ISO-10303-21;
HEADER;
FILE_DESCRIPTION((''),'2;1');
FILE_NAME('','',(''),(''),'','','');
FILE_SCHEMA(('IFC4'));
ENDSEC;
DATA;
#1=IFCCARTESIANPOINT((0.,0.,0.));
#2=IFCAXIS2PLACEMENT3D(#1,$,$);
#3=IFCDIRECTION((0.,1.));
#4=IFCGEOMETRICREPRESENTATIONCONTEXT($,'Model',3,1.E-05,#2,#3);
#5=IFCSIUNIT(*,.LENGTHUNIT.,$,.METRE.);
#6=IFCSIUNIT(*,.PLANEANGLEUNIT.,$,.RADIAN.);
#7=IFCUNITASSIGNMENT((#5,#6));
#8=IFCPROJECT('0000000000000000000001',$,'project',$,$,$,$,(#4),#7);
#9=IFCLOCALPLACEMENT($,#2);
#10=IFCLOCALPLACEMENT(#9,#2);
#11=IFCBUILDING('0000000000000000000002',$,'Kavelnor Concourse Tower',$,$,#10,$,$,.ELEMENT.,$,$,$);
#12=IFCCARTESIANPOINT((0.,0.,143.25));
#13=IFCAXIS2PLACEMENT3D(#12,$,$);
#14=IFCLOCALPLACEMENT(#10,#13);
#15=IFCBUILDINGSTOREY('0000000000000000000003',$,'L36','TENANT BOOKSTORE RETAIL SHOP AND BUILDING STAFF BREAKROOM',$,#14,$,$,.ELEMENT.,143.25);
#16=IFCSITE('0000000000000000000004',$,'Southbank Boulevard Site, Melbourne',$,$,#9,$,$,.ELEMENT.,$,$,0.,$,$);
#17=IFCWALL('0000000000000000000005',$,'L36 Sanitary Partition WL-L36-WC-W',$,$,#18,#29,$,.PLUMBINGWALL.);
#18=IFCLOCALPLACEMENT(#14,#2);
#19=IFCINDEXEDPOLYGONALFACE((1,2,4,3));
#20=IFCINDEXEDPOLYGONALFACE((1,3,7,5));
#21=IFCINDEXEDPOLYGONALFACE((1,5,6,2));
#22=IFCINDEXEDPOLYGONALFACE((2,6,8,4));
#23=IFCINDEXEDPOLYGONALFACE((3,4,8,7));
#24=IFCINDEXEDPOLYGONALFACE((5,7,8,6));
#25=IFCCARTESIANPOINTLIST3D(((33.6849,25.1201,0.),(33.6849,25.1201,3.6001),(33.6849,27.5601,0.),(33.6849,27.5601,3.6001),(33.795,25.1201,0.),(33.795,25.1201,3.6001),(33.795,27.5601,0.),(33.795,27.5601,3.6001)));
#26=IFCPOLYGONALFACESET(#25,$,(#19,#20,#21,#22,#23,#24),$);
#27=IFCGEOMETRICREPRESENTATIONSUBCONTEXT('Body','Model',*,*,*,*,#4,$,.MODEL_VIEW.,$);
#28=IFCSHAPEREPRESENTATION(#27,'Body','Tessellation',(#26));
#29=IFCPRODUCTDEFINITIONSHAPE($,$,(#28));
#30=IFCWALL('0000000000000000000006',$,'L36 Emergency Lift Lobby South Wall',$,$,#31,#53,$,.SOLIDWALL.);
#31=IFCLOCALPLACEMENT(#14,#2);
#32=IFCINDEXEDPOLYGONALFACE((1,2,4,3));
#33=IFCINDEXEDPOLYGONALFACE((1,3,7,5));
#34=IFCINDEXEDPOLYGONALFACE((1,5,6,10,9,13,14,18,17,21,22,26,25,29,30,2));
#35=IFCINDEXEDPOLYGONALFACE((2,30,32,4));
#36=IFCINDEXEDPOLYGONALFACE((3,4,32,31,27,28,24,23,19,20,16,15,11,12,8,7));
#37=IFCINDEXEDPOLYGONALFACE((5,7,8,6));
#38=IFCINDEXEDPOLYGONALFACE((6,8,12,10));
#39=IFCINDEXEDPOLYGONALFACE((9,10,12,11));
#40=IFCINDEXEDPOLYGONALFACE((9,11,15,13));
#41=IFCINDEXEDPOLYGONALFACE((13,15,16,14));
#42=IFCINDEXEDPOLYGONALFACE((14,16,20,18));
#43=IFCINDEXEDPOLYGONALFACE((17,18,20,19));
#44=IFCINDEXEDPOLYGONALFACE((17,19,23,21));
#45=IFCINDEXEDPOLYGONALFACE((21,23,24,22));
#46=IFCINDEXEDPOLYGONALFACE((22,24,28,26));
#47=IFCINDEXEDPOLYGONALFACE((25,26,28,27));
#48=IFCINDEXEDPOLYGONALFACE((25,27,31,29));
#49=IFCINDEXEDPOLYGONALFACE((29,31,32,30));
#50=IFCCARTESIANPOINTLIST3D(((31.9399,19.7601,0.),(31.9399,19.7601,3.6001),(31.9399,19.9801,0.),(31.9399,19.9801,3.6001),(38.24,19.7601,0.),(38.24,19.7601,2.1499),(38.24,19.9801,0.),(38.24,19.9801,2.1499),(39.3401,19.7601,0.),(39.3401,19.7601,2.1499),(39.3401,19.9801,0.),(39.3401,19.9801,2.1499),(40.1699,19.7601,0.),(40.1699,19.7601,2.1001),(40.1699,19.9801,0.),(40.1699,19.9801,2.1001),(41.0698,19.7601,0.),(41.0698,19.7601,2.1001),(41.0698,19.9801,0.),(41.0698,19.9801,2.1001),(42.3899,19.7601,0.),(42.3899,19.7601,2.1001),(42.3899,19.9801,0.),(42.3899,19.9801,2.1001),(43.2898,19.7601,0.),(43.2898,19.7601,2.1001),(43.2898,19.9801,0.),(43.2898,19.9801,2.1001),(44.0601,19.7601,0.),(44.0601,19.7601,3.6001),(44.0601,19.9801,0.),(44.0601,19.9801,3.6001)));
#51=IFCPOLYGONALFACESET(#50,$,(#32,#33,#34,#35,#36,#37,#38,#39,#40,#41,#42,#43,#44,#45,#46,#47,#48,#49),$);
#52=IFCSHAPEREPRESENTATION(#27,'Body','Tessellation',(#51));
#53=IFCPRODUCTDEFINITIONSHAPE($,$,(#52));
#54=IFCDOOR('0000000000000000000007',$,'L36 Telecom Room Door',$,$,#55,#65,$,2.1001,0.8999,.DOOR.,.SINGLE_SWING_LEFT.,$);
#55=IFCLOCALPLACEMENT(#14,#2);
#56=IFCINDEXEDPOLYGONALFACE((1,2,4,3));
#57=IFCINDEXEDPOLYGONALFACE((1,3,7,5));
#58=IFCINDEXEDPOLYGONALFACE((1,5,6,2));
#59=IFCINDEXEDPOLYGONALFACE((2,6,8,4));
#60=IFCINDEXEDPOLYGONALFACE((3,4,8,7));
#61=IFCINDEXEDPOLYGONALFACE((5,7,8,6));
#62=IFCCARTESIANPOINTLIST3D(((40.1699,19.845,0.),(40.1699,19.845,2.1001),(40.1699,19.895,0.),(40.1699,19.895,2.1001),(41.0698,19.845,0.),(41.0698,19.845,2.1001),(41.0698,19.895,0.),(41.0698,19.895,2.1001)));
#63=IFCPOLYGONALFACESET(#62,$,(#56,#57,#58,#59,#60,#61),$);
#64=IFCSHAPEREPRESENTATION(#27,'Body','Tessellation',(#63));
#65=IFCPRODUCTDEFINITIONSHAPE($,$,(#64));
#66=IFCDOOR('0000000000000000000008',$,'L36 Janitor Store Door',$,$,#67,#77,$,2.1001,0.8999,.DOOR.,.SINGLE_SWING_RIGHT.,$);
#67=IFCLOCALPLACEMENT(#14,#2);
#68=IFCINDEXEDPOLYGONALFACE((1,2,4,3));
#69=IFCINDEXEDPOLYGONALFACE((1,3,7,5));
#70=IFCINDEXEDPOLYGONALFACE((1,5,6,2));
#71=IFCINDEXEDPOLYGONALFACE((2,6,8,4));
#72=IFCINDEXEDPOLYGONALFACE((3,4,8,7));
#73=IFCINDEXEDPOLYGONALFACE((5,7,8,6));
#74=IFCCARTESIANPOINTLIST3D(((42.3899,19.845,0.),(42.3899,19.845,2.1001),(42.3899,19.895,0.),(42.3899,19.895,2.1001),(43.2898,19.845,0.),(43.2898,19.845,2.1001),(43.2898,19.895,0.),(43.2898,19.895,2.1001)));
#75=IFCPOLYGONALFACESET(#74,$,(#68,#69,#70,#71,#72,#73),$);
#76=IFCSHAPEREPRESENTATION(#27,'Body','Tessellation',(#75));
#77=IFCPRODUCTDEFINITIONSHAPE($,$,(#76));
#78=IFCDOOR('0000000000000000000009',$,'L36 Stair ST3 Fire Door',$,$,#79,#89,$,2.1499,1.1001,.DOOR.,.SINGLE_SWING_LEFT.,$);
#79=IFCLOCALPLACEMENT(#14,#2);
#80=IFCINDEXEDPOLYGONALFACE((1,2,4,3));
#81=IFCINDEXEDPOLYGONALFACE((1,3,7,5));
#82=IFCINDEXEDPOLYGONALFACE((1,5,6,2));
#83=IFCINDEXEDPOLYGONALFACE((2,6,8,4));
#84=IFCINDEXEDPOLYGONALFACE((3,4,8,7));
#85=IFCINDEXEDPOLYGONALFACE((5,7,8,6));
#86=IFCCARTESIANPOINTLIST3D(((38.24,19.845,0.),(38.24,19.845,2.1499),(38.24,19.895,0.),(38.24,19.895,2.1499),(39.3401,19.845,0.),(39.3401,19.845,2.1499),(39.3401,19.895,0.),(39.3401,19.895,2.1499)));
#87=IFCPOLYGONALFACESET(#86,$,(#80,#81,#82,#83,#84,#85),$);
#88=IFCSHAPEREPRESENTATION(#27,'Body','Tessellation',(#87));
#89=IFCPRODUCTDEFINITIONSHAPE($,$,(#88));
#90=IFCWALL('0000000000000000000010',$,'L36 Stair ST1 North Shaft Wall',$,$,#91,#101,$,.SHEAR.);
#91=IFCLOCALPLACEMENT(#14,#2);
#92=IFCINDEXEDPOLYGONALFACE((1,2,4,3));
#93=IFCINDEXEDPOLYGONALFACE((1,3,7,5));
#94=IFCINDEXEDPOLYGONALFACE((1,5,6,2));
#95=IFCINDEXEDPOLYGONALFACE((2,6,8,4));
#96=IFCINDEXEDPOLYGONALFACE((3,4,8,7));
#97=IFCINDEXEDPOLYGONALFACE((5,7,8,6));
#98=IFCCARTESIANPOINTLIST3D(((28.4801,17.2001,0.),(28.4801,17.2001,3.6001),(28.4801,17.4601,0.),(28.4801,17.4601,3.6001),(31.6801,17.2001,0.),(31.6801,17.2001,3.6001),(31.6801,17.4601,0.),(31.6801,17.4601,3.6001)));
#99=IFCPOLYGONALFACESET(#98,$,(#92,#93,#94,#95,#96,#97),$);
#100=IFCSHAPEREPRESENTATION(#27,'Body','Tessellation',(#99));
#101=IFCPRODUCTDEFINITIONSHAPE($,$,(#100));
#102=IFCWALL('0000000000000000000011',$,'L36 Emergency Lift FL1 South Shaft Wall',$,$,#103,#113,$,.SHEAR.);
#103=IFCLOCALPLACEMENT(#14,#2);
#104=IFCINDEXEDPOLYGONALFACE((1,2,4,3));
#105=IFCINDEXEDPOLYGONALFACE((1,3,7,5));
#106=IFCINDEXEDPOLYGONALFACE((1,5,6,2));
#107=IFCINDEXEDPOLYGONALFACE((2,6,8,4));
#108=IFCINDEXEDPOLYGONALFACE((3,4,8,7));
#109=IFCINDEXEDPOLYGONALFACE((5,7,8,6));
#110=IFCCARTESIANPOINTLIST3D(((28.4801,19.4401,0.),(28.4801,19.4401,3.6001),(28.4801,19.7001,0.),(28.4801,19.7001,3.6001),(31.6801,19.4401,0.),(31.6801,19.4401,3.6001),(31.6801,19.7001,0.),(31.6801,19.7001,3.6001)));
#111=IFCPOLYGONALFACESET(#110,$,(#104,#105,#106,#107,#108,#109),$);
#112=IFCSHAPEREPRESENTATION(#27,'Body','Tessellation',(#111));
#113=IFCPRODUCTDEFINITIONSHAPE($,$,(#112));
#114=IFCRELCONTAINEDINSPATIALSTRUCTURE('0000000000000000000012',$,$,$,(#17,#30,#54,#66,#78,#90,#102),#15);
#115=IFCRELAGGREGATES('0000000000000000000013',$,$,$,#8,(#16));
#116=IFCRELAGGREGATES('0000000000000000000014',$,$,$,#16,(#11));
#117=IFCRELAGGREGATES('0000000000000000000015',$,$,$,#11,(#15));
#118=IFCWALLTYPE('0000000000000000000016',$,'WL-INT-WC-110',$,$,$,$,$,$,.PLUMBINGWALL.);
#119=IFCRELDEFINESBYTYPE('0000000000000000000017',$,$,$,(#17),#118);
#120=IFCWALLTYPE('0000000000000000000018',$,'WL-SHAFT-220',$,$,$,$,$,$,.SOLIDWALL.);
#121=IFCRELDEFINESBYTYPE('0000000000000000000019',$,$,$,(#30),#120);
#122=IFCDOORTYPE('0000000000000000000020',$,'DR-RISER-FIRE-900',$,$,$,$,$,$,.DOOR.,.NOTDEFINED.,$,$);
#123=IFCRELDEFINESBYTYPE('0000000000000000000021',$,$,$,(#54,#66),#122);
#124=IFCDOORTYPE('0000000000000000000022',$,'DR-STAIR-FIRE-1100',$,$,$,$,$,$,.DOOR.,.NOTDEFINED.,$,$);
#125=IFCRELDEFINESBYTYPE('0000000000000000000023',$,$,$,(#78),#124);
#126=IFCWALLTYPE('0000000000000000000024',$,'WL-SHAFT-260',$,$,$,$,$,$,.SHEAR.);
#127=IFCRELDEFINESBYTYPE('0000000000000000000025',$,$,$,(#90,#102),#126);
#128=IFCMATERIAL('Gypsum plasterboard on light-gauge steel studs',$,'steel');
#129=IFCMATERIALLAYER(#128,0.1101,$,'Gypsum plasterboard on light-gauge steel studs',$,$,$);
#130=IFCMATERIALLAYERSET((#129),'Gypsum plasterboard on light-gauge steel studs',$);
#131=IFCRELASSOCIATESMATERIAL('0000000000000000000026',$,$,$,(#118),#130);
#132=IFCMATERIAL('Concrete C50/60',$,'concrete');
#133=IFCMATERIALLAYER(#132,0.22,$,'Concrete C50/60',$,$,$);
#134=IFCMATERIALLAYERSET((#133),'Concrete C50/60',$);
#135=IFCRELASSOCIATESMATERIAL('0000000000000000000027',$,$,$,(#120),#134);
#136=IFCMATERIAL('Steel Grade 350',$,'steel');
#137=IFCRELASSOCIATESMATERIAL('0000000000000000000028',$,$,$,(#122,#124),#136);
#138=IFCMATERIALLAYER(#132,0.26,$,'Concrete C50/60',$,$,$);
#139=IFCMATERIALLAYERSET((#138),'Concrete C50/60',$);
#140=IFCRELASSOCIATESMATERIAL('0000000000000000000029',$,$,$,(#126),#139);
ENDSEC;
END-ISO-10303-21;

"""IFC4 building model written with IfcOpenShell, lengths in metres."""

from ifc_helpers import new_model, si_unit, direction, frame, frame_2d, origin, place, context, subcontext, project, spatial, rectangle, extrude, material, layer, layer_set, type_object, element, fill, save


model = new_model("IFC4")

# Units and contexts
model_context = context("Model", 3, precision=1e-05, world=origin(), true_north=direction((0.0, 1.0)))
body_context = subcontext(model_context, "Body", "Model", "MODEL_VIEW")
ifc_project = project(units=[si_unit("LENGTHUNIT", "METRE"), si_unit("PLANEANGLEUNIT", "RADIAN")], contexts=[model_context])

# Site, building, storey
site_placement = place(None, origin())
site = spatial("IfcSite", under=ifc_project, at=site_placement, Name="Southbank Boulevard Site, Melbourne", CompositionType="ELEMENT", RefElevation=0.0)
building_placement = place(site_placement, origin())
building = spatial("IfcBuilding", under=site, at=building_placement, Name="Kavelnor Concourse Tower", CompositionType="ELEMENT")
storey_placement = place(building_placement, frame((0.0, 0.0, 143.25)))
storey = spatial("IfcBuildingStorey", under=building, at=storey_placement, Name="L36", Description="TENANT BOOKSTORE RETAIL SHOP AND BUILDING STAFF BREAKROOM", CompositionType="ELEMENT", Elevation=143.25)

# Shared definitions
ifc_material_1 = material(Name="Steel Grade 350", Category="steel")

# Wall
ifc_material_2 = material(Name="Gypsum plasterboard on light-gauge steel studs", Category="steel")
ifc_layer_1 = layer(ifc_material_2, 0.1101, Name="Gypsum plasterboard on light-gauge steel studs")
ifc_layer_set_1 = layer_set([ifc_layer_1], Name="Gypsum plasterboard on light-gauge steel studs")
wall_type_1 = type_object("IfcWallType", Name="WL-INT-WC-110", PredefinedType="PLUMBINGWALL", material=ifc_layer_set_1)
wall_1_placement = place(storey_placement, frame((33.74, 25.1201, 0.0), z_axis=(0.0, 0.0, 1.0), x_axis=(0.0, 1.0, 0.0)))
element("IfcWall", 1, at=wall_1_placement, inside=storey, type_object=wall_type_1, Name="L36 Sanitary Partition WL-L36-WC-W", PredefinedType="PLUMBINGWALL", context=body_context, shape_type="SweptSolid", body=[
    extrude(rectangle(XDim=2.4399, YDim=0.1101, at=frame_2d((1.22, 0.0))), origin(), (0.0, 0.0, 1.0), 3.6001),
])

# Wall, openings, doors
ifc_material_3 = material(Name="Concrete C50/60", Category="concrete")
ifc_layer_2 = layer(ifc_material_3, 0.22, Name="Concrete C50/60")
ifc_layer_set_2 = layer_set([ifc_layer_2], Name="Concrete C50/60")
wall_type_2 = type_object("IfcWallType", Name="WL-SHAFT-220", PredefinedType="SOLIDWALL", material=ifc_layer_set_2)
wall_2_placement = place(storey_placement, frame((31.9399, 19.8701, 0.0), z_axis=(0.0, 0.0, 1.0), x_axis=(1.0, 0.0, 0.0)))
wall_2 = element("IfcWall", 2, at=wall_2_placement, inside=storey, type_object=wall_type_2, Name="L36 Emergency Lift Lobby South Wall", PredefinedType="SOLIDWALL", context=body_context, shape_type="SweptSolid", body=[
    extrude(rectangle(XDim=12.1201, YDim=0.22, at=frame_2d((6.0601, 0.0))), origin(), (0.0, 0.0, 1.0), 3.6001),
])
opening_1_placement = place(wall_2_placement, frame((6.3, 0.0, 0.0)))
opening_1 = element("IfcOpeningElement", 3, at=opening_1_placement, cuts=wall_2, PredefinedType="OPENING", context=body_context, shape_type="SweptSolid", body=[
    extrude(rectangle(XDim=1.1001, YDim=2.1499, at=frame_2d((0.55, 1.075))), frame((0.0, 0.1201, 0.0), z_axis=(0.0, -1.0, 0.0), x_axis=(1.0, 0.0, 0.0)), (0.0, 0.0, 1.0), 0.24),
])
opening_2_placement = place(wall_2_placement, frame((8.23, 0.0, 0.0)))
opening_2 = element("IfcOpeningElement", 4, at=opening_2_placement, cuts=wall_2, PredefinedType="OPENING", context=body_context, shape_type="SweptSolid", body=[
    extrude(rectangle(XDim=0.8999, YDim=2.1001, at=frame_2d((0.45, 1.05))), frame((0.0, 0.1201, 0.0), z_axis=(0.0, -1.0, 0.0), x_axis=(1.0, 0.0, 0.0)), (0.0, 0.0, 1.0), 0.24),
])
opening_3_placement = place(wall_2_placement, frame((10.45, 0.0, 0.0)))
opening_3 = element("IfcOpeningElement", 5, at=opening_3_placement, cuts=wall_2, PredefinedType="OPENING", context=body_context, shape_type="SweptSolid", body=[
    extrude(rectangle(XDim=0.8999, YDim=2.1001, at=frame_2d((0.45, 1.05))), frame((0.0, 0.1201, 0.0), z_axis=(0.0, -1.0, 0.0), x_axis=(1.0, 0.0, 0.0)), (0.0, 0.0, 1.0), 0.24),
])
door_type_1 = type_object("IfcDoorType", Name="DR-RISER-FIRE-900", OperationType="NOTDEFINED", PredefinedType="DOOR", material=ifc_material_1)
door_1_placement = place(opening_2_placement, origin())
door_1 = element("IfcDoor", 6, at=door_1_placement, inside=storey, type_object=door_type_1, Name="L36 Telecom Room Door", OperationType="SINGLE_SWING_LEFT", OverallHeight=2.1001, OverallWidth=0.8999, PredefinedType="DOOR", context=body_context, shape_type="SweptSolid", body=[
    extrude(rectangle(XDim=0.8999, YDim=2.1001, at=frame_2d((0.45, 1.05))), frame((0.0, 0.0249, 0.0), z_axis=(0.0, -1.0, 0.0), x_axis=(1.0, 0.0, 0.0)), (0.0, 0.0, 1.0), 0.05),
])
fill(opening_2, door_1)
door_2_placement = place(opening_3_placement, origin())
door_2 = element("IfcDoor", 7, at=door_2_placement, inside=storey, type_object=door_type_1, Name="L36 Janitor Store Door", OperationType="SINGLE_SWING_RIGHT", OverallHeight=2.1001, OverallWidth=0.8999, PredefinedType="DOOR", context=body_context, shape_type="SweptSolid", body=[
    extrude(rectangle(XDim=0.8999, YDim=2.1001, at=frame_2d((0.45, 1.05))), frame((0.0, 0.0249, 0.0), z_axis=(0.0, -1.0, 0.0), x_axis=(1.0, 0.0, 0.0)), (0.0, 0.0, 1.0), 0.05),
])
fill(opening_3, door_2)
door_type_2 = type_object("IfcDoorType", Name="DR-STAIR-FIRE-1100", OperationType="NOTDEFINED", PredefinedType="DOOR", material=ifc_material_1)
door_3_placement = place(opening_1_placement, origin())
door_3 = element("IfcDoor", 8, at=door_3_placement, inside=storey, type_object=door_type_2, Name="L36 Stair ST3 Fire Door", OperationType="SINGLE_SWING_LEFT", OverallHeight=2.1499, OverallWidth=1.1001, PredefinedType="DOOR", context=body_context, shape_type="SweptSolid", body=[
    extrude(rectangle(XDim=1.1001, YDim=2.1499, at=frame_2d((0.55, 1.075))), frame((0.0, 0.0249, 0.0), z_axis=(0.0, -1.0, 0.0), x_axis=(1.0, 0.0, 0.0)), (0.0, 0.0, 1.0), 0.05),
])
fill(opening_1, door_3)

# Walls
ifc_layer_3 = layer(ifc_material_3, 0.26, Name="Concrete C50/60")
ifc_layer_set_3 = layer_set([ifc_layer_3], Name="Concrete C50/60")
wall_type_3 = type_object("IfcWallType", Name="WL-SHAFT-260", PredefinedType="SHEAR", material=ifc_layer_set_3)
for number, where, z_axis, x_axis, name in (
    (9, (28.48, 17.3301, 0.0), (0.0, 0.0, 1.0), (1.0, 0.0, 0.0), "L36 Stair ST1 North Shaft Wall"),
    (10, (28.48, 19.5701, 0.0), (0.0, 0.0, 1.0), (1.0, 0.0, 0.0), "L36 Emergency Lift FL1 South Shaft Wall"),
):
    element("IfcWall", number, at=place(storey_placement, frame(where, z_axis=z_axis, x_axis=x_axis)), inside=storey, type_object=wall_type_3, Name=name, PredefinedType="SHEAR", context=body_context, shape_type="SweptSolid", body=[
        extrude(rectangle(XDim=3.2, YDim=0.26, at=frame_2d((1.6001, 0.0))), origin(), (0.0, 0.0, 1.0), 3.6001),
    ])

save(model, "model.ifc")
